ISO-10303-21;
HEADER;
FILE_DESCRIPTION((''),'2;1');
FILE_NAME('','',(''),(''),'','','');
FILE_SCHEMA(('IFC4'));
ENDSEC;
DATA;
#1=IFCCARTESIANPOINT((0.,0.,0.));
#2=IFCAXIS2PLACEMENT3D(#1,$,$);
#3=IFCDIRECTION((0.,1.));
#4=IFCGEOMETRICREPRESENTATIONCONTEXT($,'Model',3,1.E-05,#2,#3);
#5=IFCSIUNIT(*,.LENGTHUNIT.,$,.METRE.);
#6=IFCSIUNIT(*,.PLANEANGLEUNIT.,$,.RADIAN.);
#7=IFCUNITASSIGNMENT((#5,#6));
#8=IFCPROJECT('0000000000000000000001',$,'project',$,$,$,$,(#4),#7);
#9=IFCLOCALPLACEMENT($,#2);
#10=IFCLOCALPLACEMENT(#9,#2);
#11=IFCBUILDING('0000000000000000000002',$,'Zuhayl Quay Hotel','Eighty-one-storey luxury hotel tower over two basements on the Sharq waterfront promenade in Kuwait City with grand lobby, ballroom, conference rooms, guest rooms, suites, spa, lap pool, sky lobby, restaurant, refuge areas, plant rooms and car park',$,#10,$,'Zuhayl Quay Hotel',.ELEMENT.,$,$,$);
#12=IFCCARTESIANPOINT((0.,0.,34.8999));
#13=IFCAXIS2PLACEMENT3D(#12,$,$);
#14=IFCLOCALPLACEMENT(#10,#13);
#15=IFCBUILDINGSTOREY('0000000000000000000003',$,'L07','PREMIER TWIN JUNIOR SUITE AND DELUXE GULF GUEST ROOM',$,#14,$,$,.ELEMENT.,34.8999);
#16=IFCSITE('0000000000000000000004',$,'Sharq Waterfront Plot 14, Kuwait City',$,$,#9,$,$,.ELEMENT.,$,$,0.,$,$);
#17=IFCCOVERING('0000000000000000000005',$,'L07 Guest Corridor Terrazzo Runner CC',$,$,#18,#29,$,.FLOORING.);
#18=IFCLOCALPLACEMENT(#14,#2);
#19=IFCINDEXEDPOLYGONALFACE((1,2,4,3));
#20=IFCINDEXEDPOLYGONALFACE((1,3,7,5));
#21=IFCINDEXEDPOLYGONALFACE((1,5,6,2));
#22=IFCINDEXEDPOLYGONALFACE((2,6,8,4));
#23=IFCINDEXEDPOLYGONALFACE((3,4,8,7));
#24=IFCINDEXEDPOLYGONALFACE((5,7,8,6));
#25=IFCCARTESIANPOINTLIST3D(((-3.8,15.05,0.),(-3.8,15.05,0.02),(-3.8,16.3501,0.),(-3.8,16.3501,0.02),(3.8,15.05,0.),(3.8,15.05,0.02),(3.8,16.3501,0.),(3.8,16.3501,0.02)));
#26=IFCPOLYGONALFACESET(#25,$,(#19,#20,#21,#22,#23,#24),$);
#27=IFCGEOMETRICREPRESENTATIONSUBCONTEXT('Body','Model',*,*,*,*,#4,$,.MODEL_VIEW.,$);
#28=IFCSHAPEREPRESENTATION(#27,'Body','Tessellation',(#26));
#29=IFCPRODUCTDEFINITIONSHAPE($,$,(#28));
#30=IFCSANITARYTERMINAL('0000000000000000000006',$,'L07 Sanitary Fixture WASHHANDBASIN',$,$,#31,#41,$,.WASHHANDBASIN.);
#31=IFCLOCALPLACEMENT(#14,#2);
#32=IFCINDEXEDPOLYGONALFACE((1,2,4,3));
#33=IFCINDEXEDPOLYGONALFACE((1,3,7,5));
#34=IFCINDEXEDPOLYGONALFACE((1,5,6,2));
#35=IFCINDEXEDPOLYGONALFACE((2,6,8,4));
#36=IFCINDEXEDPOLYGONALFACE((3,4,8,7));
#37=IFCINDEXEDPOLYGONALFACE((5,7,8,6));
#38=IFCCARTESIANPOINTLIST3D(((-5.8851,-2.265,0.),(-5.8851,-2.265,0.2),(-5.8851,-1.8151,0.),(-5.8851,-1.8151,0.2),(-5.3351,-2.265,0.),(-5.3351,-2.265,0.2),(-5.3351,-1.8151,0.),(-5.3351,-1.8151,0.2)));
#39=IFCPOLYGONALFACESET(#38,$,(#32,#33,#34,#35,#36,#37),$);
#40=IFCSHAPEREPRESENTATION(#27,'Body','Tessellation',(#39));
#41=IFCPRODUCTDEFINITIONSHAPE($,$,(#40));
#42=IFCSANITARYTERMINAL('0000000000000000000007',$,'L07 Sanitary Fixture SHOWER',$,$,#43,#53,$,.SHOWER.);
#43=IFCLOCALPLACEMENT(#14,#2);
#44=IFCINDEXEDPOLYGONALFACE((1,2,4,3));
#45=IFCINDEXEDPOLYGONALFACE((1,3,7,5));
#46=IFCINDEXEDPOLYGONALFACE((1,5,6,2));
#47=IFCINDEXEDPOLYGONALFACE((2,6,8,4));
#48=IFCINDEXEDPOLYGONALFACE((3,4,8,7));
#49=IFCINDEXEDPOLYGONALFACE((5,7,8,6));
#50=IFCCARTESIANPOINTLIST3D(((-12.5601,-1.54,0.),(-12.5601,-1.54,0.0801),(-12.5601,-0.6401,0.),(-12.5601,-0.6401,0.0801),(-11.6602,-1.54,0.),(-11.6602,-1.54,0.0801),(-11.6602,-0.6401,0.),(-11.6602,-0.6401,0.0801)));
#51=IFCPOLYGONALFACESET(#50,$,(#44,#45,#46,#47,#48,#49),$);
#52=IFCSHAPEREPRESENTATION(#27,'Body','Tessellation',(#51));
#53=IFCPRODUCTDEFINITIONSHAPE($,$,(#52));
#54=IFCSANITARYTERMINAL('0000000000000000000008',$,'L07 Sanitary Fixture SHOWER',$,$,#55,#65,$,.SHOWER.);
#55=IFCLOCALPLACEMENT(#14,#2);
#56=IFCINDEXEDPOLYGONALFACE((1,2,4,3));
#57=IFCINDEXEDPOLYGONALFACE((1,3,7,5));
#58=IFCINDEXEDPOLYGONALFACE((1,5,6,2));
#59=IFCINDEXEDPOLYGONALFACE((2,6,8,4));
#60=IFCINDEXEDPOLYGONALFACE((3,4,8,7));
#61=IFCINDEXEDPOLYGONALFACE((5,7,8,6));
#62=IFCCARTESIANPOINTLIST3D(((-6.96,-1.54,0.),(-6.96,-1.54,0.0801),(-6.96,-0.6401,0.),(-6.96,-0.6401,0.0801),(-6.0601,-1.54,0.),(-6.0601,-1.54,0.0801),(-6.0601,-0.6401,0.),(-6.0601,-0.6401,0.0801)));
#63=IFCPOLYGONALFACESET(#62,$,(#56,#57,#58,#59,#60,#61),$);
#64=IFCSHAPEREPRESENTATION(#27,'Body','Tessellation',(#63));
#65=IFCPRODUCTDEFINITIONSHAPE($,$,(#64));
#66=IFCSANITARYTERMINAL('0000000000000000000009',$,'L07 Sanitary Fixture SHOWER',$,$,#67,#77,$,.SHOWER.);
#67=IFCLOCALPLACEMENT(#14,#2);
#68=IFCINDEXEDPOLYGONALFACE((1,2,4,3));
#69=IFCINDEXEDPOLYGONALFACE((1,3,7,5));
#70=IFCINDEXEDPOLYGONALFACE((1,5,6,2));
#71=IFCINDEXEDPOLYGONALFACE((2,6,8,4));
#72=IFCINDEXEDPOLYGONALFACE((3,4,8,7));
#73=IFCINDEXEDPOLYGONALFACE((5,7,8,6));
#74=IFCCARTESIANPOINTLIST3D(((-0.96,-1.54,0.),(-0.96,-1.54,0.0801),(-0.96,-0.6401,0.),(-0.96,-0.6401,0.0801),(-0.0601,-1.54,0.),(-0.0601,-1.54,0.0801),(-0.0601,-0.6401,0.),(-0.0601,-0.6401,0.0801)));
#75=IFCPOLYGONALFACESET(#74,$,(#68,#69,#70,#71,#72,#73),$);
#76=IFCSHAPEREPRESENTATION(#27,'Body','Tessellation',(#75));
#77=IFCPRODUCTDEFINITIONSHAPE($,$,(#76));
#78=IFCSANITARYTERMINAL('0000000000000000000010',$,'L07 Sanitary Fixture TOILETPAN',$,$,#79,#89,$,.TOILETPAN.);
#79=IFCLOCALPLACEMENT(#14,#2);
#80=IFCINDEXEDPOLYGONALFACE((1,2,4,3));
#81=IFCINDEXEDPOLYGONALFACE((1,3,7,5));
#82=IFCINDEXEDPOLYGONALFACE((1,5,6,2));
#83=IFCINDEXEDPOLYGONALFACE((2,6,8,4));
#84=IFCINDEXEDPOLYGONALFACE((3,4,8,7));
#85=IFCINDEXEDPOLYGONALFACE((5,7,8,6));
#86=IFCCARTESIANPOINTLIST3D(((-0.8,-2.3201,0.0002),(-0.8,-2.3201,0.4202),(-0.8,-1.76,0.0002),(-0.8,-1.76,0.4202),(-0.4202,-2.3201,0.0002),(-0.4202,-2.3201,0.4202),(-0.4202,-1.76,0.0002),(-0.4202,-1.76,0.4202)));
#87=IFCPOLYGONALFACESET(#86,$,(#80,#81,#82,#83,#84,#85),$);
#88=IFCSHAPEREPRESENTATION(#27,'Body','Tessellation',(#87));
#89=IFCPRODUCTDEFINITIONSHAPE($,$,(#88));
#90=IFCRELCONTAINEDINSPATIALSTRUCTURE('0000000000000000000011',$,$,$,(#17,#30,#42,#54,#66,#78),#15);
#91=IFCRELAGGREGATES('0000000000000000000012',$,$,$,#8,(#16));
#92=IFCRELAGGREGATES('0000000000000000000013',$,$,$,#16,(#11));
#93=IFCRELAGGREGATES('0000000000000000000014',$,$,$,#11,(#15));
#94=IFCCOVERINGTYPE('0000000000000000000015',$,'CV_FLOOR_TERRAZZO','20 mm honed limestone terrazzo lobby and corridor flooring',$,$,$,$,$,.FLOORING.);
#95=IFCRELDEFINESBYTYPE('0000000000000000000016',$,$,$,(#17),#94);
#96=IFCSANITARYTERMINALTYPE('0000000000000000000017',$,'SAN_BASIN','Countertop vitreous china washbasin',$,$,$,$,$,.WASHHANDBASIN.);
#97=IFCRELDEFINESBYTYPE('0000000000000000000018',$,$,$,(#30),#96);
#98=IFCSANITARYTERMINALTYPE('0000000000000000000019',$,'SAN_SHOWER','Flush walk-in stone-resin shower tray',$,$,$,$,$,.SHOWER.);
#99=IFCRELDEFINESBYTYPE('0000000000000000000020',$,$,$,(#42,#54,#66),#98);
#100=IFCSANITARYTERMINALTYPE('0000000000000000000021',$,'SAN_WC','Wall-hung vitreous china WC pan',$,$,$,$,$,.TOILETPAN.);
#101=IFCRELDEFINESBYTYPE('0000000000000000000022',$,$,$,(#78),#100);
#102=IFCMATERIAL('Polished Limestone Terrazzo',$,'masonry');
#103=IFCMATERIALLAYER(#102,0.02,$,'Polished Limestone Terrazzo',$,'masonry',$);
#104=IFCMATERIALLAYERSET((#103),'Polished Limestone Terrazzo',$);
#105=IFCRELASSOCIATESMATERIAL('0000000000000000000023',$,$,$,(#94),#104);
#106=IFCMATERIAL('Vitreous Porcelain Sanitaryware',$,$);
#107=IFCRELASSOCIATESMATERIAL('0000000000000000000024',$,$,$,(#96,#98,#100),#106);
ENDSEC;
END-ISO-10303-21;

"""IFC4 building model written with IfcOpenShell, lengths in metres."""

from ifc_helpers import new_model, si_unit, direction, frame, origin, origin_2d, place, context, subcontext, project, spatial, polyline, rectangle, outline, extrude, material, layer, layer_set, type_object, element, save


model = new_model("IFC4")

# Units and contexts
model_context = context("Model", 3, precision=1e-05, world=origin(), true_north=direction((0.0, 1.0)))
body_context = subcontext(model_context, "Body", "Model", "MODEL_VIEW")
ifc_project = project(units=[si_unit("LENGTHUNIT", "METRE"), si_unit("PLANEANGLEUNIT", "RADIAN")], contexts=[model_context])

# Site, building, storey
site_placement = place(None, origin())
site = spatial("IfcSite", under=ifc_project, at=site_placement, Name="Sharq Waterfront Plot 14, Kuwait City", CompositionType="ELEMENT", RefElevation=0.0)
building_placement = place(site_placement, origin())
building = spatial("IfcBuilding", under=site, at=building_placement, Name="Zuhayl Quay Hotel", Description="Eighty-one-storey luxury hotel tower over two basements on the Sharq waterfront promenade in Kuwait City with grand lobby, ballroom, conference rooms, guest rooms, suites, spa, lap pool, sky lobby, restaurant, refuge areas, plant rooms and car park", LongName="Zuhayl Quay Hotel", CompositionType="ELEMENT")
storey_placement = place(building_placement, frame((0.0, 0.0, 34.8999)))
storey = spatial("IfcBuildingStorey", under=building, at=storey_placement, Name="L07", Description="PREMIER TWIN JUNIOR SUITE AND DELUXE GULF GUEST ROOM", CompositionType="ELEMENT", Elevation=34.8999)

# Covering
ifc_material_1 = material(Name="Polished Limestone Terrazzo", Category="masonry")
ifc_layer_1 = layer(ifc_material_1, 0.02, Name="Polished Limestone Terrazzo", Category="masonry")
ifc_layer_set_1 = layer_set([ifc_layer_1], Name="Polished Limestone Terrazzo")
covering_type_1 = type_object("IfcCoveringType", Name="CV_FLOOR_TERRAZZO", Description="20 mm honed limestone terrazzo lobby and corridor flooring", PredefinedType="FLOORING", material=ifc_layer_set_1)
covering_1_placement = place(storey_placement, origin())
element("IfcCovering", 1, at=covering_1_placement, inside=storey, type_object=covering_type_1, Name="L07 Guest Corridor Terrazzo Runner CC", PredefinedType="FLOORING", context=body_context, shape_type="SweptSolid", body=[
    extrude(outline(polyline([(-3.8, 15.05), (3.8, 15.05), (3.8, 16.3501), (-3.8, 16.3501), (-3.8, 15.05)])), origin(), (0.0, 0.0, 1.0), 0.02),
])

# Sanitary terminals
ifc_material_2 = material(Name="Vitreous Porcelain Sanitaryware")
sanitary_terminal_type_1 = type_object("IfcSanitaryTerminalType", Name="SAN_BASIN", Description="Countertop vitreous china washbasin", PredefinedType="WASHHANDBASIN", material=ifc_material_2)
sanitary_terminal_1_placement = place(storey_placement, frame((-5.6101, -2.04, 0.0), z_axis=(0.0, 0.0, 1.0), x_axis=(1.0, 0.0, 0.0)))
element("IfcSanitaryTerminal", 2, at=sanitary_terminal_1_placement, inside=storey, type_object=sanitary_terminal_type_1, Name="L07 Sanitary Fixture WASHHANDBASIN", PredefinedType="WASHHANDBASIN", context=body_context, shape_type="SweptSolid", body=[
    extrude(rectangle(XDim=0.55, YDim=0.45, at=origin_2d()), origin(), (0.0, 0.0, 1.0), 0.2),
])
sanitary_terminal_type_2 = type_object("IfcSanitaryTerminalType", Name="SAN_SHOWER", Description="Flush walk-in stone-resin shower tray", PredefinedType="SHOWER", material=ifc_material_2)
for number, where, z_axis, x_axis, name in (
    (3, (-12.1101, -1.0901, 0.0), (0.0, 0.0, 1.0), (1.0, 0.0, 0.0), "L07 Sanitary Fixture SHOWER"),
    (4, (-6.51, -1.0901, 0.0), (0.0, 0.0, 1.0), (1.0, 0.0, 0.0), "L07 Sanitary Fixture SHOWER"),
    (5, (-0.51, -1.0901, 0.0), (0.0, 0.0, 1.0), (1.0, 0.0, 0.0), "L07 Sanitary Fixture SHOWER"),
):
    element("IfcSanitaryTerminal", number, at=place(storey_placement, frame(where, z_axis=z_axis, x_axis=x_axis)), inside=storey, type_object=sanitary_terminal_type_2, Name=name, PredefinedType="SHOWER", context=body_context, shape_type="SweptSolid", body=[
        extrude(rectangle(XDim=0.8999, YDim=0.8999, at=origin_2d()), origin(), (0.0, 0.0, 1.0), 0.0801),
    ])
sanitary_terminal_type_3 = type_object("IfcSanitaryTerminalType", Name="SAN_WC", Description="Wall-hung vitreous china WC pan", PredefinedType="TOILETPAN", material=ifc_material_2)
sanitary_terminal_2_placement = place(storey_placement, frame((-0.6101, -2.04, 0.0002), z_axis=(0.0, 0.0, 1.0), x_axis=(1.0, 0.0, 0.0)))
element("IfcSanitaryTerminal", 6, at=sanitary_terminal_2_placement, inside=storey, type_object=sanitary_terminal_type_3, Name="L07 Sanitary Fixture TOILETPAN", PredefinedType="TOILETPAN", context=body_context, shape_type="SweptSolid", body=[
    extrude(rectangle(XDim=0.3799, YDim=0.5601, at=origin_2d()), origin(), (0.0, 0.0, 1.0), 0.4199),
])

save(model, "model.ifc")
